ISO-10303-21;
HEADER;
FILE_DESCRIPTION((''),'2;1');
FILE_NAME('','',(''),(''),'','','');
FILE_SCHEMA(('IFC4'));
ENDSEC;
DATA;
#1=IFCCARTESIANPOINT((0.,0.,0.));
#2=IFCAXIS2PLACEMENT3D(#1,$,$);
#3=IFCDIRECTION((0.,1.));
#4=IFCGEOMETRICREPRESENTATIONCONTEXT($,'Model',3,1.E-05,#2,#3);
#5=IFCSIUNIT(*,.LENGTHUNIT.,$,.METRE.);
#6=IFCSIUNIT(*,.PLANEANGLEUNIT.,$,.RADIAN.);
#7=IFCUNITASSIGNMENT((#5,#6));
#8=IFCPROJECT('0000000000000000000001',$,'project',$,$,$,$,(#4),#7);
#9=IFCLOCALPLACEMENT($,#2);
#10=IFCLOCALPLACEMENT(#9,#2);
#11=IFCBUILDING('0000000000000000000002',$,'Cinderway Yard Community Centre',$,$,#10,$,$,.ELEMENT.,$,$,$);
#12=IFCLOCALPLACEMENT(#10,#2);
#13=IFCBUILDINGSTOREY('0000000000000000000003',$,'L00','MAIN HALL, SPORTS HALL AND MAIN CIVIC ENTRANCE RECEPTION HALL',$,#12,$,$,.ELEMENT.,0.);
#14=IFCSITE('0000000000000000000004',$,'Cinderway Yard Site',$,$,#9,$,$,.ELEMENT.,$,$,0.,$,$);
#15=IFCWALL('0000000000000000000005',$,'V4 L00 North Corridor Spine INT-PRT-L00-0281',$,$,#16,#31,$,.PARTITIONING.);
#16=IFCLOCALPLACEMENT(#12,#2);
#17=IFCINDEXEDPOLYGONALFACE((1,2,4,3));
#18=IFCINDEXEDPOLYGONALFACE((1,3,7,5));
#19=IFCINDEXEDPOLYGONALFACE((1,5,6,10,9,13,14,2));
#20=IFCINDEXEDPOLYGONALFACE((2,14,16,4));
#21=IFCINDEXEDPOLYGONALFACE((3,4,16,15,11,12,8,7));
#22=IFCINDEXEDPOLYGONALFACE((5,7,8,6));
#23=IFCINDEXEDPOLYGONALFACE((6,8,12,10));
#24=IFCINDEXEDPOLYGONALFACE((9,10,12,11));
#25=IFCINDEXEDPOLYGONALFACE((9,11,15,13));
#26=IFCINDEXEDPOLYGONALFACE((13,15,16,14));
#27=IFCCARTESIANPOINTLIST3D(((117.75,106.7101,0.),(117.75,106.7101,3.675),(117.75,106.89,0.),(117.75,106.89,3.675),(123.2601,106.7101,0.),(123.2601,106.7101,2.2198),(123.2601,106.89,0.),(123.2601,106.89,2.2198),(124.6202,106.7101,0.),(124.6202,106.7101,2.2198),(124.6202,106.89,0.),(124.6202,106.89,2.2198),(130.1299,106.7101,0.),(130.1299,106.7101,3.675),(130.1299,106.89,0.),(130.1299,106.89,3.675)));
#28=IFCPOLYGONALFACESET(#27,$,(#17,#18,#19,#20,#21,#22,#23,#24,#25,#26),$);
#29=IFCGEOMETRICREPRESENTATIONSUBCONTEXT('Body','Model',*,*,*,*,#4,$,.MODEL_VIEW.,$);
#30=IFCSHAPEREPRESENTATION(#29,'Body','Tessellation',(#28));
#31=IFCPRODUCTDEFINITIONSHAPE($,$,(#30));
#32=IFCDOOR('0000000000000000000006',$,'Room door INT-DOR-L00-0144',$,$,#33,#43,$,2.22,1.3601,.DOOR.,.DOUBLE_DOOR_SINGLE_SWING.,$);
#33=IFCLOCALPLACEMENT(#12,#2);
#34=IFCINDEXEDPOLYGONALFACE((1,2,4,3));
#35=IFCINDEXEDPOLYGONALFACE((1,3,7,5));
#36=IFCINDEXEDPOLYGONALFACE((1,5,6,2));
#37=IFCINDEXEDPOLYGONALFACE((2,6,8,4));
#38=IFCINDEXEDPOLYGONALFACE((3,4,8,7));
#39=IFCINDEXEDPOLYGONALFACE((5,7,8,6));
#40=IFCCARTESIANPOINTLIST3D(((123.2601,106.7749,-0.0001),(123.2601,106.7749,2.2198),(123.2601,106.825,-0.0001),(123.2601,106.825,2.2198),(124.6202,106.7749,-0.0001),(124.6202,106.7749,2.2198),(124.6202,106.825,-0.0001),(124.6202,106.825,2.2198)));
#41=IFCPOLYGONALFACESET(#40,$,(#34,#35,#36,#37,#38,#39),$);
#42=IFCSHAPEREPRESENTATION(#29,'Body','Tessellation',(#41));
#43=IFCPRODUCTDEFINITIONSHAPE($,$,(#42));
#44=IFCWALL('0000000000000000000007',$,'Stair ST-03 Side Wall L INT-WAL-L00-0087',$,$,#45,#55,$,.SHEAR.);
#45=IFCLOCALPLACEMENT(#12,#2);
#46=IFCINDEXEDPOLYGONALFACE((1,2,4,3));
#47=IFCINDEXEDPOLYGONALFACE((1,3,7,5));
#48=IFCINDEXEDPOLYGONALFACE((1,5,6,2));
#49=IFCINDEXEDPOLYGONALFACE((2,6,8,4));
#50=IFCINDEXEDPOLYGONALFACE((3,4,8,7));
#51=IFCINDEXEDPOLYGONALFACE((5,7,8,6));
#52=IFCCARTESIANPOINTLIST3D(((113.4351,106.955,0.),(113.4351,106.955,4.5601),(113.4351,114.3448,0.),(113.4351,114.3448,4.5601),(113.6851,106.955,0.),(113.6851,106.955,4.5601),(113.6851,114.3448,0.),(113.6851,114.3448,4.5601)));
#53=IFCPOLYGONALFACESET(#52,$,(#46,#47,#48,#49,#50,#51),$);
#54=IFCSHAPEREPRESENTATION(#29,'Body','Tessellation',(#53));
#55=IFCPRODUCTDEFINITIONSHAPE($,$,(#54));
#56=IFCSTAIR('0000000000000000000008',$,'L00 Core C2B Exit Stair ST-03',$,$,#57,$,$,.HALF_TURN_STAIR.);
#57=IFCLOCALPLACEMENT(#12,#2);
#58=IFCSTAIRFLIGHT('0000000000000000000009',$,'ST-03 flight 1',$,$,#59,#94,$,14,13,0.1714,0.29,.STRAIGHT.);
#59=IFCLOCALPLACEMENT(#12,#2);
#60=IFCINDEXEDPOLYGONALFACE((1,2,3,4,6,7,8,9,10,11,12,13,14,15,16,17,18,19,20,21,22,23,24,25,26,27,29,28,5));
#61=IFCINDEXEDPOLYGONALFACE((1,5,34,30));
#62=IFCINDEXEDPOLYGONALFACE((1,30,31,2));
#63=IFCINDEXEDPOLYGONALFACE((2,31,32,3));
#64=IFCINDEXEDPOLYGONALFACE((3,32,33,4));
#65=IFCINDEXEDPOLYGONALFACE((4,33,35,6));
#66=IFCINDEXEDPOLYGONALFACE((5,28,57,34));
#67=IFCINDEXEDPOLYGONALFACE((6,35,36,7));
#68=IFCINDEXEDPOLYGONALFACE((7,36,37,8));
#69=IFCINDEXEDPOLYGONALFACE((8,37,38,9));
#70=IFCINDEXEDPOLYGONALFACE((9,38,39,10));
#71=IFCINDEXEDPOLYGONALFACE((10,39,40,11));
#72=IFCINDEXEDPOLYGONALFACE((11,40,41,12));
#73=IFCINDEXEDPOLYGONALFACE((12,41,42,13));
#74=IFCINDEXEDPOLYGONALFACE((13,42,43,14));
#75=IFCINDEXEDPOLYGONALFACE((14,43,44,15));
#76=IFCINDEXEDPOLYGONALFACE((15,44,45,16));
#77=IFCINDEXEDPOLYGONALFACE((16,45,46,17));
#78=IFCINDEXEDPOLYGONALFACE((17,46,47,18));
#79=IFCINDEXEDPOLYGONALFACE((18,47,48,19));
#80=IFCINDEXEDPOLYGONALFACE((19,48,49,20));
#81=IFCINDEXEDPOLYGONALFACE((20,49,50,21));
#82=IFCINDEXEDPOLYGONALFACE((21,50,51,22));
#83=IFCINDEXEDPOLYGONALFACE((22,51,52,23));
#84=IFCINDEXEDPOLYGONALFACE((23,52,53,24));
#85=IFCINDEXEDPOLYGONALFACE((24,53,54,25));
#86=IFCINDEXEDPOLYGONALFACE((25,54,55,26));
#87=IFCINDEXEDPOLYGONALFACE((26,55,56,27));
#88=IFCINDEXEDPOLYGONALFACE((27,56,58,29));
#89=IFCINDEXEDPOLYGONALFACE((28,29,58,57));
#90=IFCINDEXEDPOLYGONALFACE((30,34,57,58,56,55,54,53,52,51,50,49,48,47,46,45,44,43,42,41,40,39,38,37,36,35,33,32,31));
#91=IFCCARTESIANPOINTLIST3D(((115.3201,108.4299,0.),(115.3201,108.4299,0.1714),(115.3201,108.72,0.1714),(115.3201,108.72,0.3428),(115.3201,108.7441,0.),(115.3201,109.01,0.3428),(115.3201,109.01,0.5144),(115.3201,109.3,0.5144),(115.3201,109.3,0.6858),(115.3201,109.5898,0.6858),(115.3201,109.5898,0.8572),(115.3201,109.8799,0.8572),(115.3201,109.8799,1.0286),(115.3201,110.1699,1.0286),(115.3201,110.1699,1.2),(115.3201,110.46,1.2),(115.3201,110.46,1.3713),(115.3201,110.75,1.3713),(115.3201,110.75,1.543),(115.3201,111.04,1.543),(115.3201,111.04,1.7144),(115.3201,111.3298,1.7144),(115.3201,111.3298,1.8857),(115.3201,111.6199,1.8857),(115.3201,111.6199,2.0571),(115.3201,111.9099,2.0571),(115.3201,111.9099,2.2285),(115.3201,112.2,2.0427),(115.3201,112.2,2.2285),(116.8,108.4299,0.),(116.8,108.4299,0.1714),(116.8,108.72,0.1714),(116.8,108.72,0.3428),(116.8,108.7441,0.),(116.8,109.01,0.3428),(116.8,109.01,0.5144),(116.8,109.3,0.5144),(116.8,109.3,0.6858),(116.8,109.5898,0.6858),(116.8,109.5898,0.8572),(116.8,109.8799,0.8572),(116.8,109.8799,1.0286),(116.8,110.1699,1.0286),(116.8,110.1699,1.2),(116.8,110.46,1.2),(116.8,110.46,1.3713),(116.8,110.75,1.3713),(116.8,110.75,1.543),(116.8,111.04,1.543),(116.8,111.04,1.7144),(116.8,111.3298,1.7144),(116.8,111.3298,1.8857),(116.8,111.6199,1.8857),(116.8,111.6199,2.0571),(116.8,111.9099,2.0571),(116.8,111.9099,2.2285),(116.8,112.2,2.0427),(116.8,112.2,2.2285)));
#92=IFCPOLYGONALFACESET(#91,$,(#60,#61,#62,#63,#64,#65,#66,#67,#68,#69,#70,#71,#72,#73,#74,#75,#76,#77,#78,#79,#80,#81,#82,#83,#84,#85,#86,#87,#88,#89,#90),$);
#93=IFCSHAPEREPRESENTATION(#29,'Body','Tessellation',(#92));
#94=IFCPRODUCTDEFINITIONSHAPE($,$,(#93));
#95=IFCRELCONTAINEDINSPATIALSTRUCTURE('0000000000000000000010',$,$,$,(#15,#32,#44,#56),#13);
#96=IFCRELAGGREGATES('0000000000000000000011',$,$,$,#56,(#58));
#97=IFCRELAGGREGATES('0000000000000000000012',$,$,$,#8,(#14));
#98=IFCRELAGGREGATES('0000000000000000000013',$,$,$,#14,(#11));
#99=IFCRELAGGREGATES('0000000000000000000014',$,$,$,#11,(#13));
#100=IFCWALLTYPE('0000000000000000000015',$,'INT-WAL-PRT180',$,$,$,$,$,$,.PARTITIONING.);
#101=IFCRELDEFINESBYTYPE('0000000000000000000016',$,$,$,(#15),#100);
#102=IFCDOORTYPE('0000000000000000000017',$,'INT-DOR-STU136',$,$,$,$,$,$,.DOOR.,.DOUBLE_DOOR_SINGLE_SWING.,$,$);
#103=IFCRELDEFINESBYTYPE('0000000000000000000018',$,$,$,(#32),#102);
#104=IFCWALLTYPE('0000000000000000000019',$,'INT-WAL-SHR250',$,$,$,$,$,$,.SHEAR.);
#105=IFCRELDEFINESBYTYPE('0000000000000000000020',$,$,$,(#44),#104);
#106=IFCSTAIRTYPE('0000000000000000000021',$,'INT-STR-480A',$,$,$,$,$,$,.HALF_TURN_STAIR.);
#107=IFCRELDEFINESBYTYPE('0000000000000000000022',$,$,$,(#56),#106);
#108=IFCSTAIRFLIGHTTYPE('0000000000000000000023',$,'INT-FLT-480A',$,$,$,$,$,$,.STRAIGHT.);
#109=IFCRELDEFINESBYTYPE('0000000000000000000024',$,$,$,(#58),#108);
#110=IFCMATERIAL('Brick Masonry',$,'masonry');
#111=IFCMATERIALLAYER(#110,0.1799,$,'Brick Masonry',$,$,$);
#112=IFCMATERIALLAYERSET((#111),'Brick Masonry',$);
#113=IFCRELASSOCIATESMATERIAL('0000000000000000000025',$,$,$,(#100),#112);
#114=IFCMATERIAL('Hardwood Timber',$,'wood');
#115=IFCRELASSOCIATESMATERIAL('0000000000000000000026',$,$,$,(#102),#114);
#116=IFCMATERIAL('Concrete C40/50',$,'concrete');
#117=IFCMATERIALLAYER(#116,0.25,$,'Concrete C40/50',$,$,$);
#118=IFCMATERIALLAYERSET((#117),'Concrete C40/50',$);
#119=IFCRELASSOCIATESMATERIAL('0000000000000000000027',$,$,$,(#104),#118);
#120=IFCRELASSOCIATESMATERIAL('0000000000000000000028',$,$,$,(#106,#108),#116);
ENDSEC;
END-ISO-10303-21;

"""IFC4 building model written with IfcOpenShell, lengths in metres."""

from ifc_helpers import new_model, si_unit, direction, frame, frame_2d, origin, place, context, subcontext, project, spatial, polyline, rectangle, outline, extrude, material, layer, layer_set, type_object, element, fill, aggregate, save


model = new_model("IFC4")

# Units and contexts
model_context = context("Model", 3, precision=1e-05, world=origin(), true_north=direction((0.0, 1.0)))
body_context = subcontext(model_context, "Body", "Model", "MODEL_VIEW")
ifc_project = project(units=[si_unit("LENGTHUNIT", "METRE"), si_unit("PLANEANGLEUNIT", "RADIAN")], contexts=[model_context])

# Site, building, storey
site_placement = place(None, origin())
site = spatial("IfcSite", under=ifc_project, at=site_placement, Name="Cinderway Yard Site", CompositionType="ELEMENT", RefElevation=0.0)
building_placement = place(site_placement, origin())
building = spatial("IfcBuilding", under=site, at=building_placement, Name="Cinderway Yard Community Centre", CompositionType="ELEMENT")
storey_placement = place(building_placement, origin())
storey = spatial("IfcBuildingStorey", under=building, at=storey_placement, Name="L00", Description="MAIN HALL, SPORTS HALL AND MAIN CIVIC ENTRANCE RECEPTION HALL", CompositionType="ELEMENT", Elevation=0.0)

# Shared definitions
ifc_material_1 = material(Name="Concrete C40/50", Category="concrete")

# Wall, opening, door
ifc_material_2 = material(Name="Hardwood Timber", Category="wood")
ifc_material_3 = material(Name="Brick Masonry", Category="masonry")
ifc_layer_1 = layer(ifc_material_3, 0.1799, Name="Brick Masonry")
ifc_layer_set_1 = layer_set([ifc_layer_1], Name="Brick Masonry")
wall_type_1 = type_object("IfcWallType", Name="INT-WAL-PRT180", PredefinedType="PARTITIONING", material=ifc_layer_set_1)
wall_1_placement = place(storey_placement, frame((117.75, 106.8, 0.0), z_axis=(0.0, 0.0, 1.0), x_axis=(1.0, 0.0, 0.0)))
wall_1 = element("IfcWall", 1, at=wall_1_placement, inside=storey, type_object=wall_type_1, Name="V4 L00 North Corridor Spine INT-PRT-L00-0281", PredefinedType="PARTITIONING", context=body_context, shape_type="SweptSolid", body=[
    extrude(rectangle(XDim=12.3799, YDim=0.1799, at=frame_2d((6.1899, 0.0))), origin(), (0.0, 0.0, 1.0), 3.675),
])
opening_1_placement = place(wall_1_placement, frame((5.51, 0.0, 0.0)))
opening_1 = element("IfcOpeningElement", 2, at=opening_1_placement, cuts=wall_1, PredefinedType="OPENING", context=body_context, shape_type="SweptSolid", body=[
    extrude(rectangle(XDim=1.3601, YDim=2.22, at=frame_2d((0.6802, 1.1099))), frame((0.0, 0.0999, 0.0), z_axis=(0.0, -1.0, 0.0), x_axis=(1.0, 0.0, 0.0)), (0.0, 0.0, 1.0), 0.2),
])
door_type_1 = type_object("IfcDoorType", Name="INT-DOR-STU136", OperationType="DOUBLE_DOOR_SINGLE_SWING", PredefinedType="DOOR", material=ifc_material_2)
door_1_placement = place(opening_1_placement, origin())
door_1 = element("IfcDoor", 3, at=door_1_placement, inside=storey, type_object=door_type_1, Name="Room door INT-DOR-L00-0144", OperationType="DOUBLE_DOOR_SINGLE_SWING", OverallHeight=2.22, OverallWidth=1.3601, PredefinedType="DOOR", context=body_context, shape_type="SweptSolid", body=[
    extrude(rectangle(XDim=1.3601, YDim=2.22, at=frame_2d((0.6802, 1.1099))), frame((0.0, 0.0249, 0.0), z_axis=(0.0, -1.0, 0.0), x_axis=(1.0, 0.0, 0.0)), (0.0, 0.0, 1.0), 0.05),
])
fill(opening_1, door_1)
ifc_layer_2 = layer(ifc_material_1, 0.25, Name="Concrete C40/50")
ifc_layer_set_2 = layer_set([ifc_layer_2], Name="Concrete C40/50")
wall_type_2 = type_object("IfcWallType", Name="INT-WAL-SHR250", PredefinedType="SHEAR", material=ifc_layer_set_2)

# Wall
wall_2_placement = place(storey_placement, frame((113.5601, 106.9551, 0.0), z_axis=(0.0, 0.0, 1.0), x_axis=(0.0, 1.0, 0.0)))
element("IfcWall", 4, at=wall_2_placement, inside=storey, type_object=wall_type_2, Name="Stair ST-03 Side Wall L INT-WAL-L00-0087", PredefinedType="SHEAR", context=body_context, shape_type="SweptSolid", body=[
    extrude(rectangle(XDim=7.3899, YDim=0.25, at=frame_2d((3.6948, 0.0))), origin(), (0.0, 0.0, 1.0), 4.5601),
])

# Stair, stair flight
stair_type = type_object("IfcStairType", Name="INT-STR-480A", PredefinedType="HALF_TURN_STAIR", material=ifc_material_1)
stair_placement = place(storey_placement, origin())
stair = element("IfcStair", 5, at=stair_placement, inside=storey, type_object=stair_type, Name="L00 Core C2B Exit Stair ST-03", PredefinedType="HALF_TURN_STAIR")
stair_flight_type = type_object("IfcStairFlightType", Name="INT-FLT-480A", PredefinedType="STRAIGHT", material=ifc_material_1)
stair_flight_placement = place(storey_placement, frame((116.0601, 108.4299, 0.0), z_axis=(0.0, 0.0, 1.0), x_axis=(0.0, 1.0, 0.0)))
stair_flight = element("IfcStairFlight", 6, at=stair_flight_placement, type_object=stair_flight_type, Name="ST-03 flight 1", NumberOfRisers=14, NumberOfTreads=13, PredefinedType="STRAIGHT", RiserHeight=0.1714, TreadLength=0.29, context=body_context, shape_type="SweptSolid", body=[
    extrude(outline(polyline([(0.0, 0.0), (0.0, 0.1714), (0.29, 0.1714), (0.29, 0.3428), (0.5801, 0.3428), (0.5801, 0.5144), (0.8701, 0.5144), (0.8701, 0.6858), (1.1599, 0.6858), (1.1599, 0.8572), (1.45, 0.8572), (1.45, 1.0286), (1.74, 1.0286), (1.74, 1.2), (2.03, 1.2), (2.03, 1.3713), (2.3201, 1.3713), (2.3201, 1.543), (2.6101, 1.543), (2.6101, 1.7144), (2.8999, 1.7144), (2.8999, 1.8857), (3.1899, 1.8857), (3.1899, 2.0571), (3.48, 2.0571), (3.48, 2.2285), (3.77, 2.2285), (3.77, 2.3999), (3.77, 2.0427), (0.3142, 0.0), (0.0, 0.0)])), frame((0.0, 0.74, 0.0), z_axis=(0.0, -1.0, 0.0), x_axis=(1.0, 0.0, 0.0)), (0.0, 0.0, 1.0), 1.48),
])
aggregate(stair, [stair_flight])

save(model, "model.ifc")
